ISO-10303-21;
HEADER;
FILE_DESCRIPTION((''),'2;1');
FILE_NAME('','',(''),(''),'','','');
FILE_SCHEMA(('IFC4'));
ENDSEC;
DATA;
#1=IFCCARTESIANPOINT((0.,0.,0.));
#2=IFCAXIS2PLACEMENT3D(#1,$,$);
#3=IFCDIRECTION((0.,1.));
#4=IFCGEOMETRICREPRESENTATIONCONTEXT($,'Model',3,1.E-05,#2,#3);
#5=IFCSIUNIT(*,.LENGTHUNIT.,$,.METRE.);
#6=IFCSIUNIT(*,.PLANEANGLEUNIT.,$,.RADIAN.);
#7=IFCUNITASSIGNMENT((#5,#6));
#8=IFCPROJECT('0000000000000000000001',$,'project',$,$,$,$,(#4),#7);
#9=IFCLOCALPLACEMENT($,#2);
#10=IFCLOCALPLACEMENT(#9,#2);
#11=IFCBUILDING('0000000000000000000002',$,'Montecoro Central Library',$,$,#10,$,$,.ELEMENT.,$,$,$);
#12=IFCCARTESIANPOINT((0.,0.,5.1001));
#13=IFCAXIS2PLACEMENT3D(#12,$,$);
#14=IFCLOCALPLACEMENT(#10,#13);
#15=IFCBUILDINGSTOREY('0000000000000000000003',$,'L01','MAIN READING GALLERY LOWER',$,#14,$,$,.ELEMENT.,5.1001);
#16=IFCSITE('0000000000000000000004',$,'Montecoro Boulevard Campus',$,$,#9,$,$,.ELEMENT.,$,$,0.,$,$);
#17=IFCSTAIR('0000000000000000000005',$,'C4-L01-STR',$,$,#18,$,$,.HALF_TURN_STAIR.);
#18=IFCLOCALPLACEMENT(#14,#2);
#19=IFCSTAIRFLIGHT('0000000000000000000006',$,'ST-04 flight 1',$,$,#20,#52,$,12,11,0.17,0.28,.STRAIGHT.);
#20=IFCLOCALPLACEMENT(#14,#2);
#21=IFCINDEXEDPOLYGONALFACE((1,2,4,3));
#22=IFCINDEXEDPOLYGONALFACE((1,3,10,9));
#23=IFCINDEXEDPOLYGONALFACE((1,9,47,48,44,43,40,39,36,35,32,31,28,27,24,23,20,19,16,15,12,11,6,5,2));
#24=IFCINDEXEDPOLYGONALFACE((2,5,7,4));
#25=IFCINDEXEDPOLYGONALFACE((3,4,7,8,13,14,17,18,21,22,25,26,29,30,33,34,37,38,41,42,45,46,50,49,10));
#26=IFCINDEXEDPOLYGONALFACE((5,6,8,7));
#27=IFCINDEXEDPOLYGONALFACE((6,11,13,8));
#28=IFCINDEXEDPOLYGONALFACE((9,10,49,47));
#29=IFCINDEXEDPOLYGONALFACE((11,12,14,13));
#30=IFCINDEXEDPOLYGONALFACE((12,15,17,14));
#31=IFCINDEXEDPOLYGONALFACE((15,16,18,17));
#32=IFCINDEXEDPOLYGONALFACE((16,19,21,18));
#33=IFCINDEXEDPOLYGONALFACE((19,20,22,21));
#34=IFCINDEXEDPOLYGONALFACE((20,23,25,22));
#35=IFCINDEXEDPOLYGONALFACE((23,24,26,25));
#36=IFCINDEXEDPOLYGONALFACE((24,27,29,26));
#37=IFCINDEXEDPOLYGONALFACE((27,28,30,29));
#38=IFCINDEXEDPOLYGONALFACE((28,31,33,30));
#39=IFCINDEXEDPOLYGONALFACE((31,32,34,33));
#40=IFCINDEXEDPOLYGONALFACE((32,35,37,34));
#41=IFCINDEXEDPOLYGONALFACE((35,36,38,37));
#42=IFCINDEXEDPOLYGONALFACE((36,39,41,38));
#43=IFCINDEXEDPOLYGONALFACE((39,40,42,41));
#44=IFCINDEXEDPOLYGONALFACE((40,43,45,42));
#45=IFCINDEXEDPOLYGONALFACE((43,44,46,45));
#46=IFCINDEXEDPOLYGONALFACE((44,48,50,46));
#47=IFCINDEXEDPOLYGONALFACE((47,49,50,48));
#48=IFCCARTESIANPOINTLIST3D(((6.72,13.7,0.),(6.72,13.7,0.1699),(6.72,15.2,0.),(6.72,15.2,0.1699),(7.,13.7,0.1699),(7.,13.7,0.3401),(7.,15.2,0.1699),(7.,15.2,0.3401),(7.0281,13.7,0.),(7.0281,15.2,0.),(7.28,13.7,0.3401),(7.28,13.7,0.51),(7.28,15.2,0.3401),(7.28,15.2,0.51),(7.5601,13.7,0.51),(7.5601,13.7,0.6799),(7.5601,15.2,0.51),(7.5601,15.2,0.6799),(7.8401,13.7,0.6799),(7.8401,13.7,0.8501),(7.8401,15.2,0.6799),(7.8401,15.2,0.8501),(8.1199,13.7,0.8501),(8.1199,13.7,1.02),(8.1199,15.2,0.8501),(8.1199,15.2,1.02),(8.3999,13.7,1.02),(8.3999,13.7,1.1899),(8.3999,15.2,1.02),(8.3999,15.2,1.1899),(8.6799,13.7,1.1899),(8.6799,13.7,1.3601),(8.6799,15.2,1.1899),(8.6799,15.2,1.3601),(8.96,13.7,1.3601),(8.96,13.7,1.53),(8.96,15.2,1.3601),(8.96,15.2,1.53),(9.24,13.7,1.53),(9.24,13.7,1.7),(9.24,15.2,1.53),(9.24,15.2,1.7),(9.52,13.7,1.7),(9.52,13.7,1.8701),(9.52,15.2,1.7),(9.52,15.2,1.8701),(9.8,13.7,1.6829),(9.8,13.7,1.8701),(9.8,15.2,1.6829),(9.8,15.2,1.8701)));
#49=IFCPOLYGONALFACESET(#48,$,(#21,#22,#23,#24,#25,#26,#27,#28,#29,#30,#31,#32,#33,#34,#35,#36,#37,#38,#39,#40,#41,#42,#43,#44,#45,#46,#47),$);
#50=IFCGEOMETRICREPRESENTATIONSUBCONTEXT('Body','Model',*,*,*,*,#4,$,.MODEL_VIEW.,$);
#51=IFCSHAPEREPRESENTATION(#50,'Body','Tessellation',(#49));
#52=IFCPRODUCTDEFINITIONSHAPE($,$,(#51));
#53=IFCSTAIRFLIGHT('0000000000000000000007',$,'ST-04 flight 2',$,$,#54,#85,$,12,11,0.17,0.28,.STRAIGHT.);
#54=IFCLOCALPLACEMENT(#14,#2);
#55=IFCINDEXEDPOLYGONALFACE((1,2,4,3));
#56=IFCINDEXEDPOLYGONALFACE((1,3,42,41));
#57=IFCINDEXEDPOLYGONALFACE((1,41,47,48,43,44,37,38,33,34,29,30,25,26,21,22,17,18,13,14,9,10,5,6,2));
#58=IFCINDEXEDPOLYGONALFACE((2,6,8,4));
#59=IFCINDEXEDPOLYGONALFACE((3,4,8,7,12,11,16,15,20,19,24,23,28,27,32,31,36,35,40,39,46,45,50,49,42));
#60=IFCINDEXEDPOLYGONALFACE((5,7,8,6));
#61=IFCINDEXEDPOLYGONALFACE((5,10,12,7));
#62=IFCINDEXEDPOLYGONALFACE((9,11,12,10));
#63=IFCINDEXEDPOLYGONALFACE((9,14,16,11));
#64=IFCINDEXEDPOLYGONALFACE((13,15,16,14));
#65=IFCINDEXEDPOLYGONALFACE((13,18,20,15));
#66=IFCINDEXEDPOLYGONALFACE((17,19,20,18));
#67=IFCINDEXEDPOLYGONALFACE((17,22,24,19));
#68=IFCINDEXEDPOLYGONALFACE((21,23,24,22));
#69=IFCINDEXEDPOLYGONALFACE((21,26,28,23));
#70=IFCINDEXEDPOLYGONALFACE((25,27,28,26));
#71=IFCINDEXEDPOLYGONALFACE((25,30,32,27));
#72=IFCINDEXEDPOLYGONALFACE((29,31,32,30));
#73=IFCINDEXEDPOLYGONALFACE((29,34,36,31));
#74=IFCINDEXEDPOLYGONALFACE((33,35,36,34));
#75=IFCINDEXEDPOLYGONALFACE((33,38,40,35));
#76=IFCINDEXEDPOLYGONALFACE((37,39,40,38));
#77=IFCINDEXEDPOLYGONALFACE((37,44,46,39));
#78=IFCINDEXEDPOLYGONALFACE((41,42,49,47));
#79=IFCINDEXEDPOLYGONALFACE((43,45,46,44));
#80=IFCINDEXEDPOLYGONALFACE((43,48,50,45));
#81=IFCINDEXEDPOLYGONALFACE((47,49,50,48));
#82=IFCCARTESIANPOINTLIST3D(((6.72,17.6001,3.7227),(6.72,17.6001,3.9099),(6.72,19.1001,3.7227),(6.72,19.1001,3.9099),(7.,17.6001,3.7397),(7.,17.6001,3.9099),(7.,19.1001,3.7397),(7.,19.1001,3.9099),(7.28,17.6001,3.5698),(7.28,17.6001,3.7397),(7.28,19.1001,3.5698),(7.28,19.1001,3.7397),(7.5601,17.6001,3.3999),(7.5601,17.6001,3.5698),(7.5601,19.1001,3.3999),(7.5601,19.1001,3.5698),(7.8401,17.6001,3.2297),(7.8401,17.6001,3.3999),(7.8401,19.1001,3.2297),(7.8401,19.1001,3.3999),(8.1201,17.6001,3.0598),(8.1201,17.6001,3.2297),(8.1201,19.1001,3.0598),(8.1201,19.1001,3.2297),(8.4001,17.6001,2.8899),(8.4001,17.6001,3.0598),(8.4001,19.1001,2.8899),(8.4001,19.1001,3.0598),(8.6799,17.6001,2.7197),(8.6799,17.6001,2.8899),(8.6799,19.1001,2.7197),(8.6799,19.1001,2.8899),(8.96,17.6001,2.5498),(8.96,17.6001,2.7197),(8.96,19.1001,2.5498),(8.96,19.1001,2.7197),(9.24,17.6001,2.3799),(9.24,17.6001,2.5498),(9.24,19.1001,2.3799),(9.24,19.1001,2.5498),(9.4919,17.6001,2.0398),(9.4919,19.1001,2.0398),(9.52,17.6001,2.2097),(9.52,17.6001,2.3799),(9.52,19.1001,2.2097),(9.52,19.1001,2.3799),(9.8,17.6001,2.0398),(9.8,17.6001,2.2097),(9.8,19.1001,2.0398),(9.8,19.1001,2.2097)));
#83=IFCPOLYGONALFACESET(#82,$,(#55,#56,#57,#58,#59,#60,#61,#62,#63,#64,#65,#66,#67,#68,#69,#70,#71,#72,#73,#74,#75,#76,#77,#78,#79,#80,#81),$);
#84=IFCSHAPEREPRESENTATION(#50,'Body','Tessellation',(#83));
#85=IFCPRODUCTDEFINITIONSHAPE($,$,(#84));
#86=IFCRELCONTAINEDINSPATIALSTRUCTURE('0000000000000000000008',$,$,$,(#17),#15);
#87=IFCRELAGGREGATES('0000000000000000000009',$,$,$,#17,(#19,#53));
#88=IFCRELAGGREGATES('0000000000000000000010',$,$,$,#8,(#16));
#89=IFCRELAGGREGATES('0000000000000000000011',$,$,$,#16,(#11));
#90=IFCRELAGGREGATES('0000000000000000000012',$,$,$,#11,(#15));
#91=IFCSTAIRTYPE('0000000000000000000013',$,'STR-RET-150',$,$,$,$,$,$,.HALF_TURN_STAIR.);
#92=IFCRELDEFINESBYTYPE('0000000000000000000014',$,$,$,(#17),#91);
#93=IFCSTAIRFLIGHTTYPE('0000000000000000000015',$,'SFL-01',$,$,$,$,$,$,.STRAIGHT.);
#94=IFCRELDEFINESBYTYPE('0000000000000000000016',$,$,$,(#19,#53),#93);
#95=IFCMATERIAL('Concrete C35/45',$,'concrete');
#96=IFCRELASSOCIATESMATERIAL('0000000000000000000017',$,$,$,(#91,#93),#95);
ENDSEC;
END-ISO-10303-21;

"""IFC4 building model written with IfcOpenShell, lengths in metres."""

from ifc_helpers import new_model, si_unit, direction, frame, origin, place, context, subcontext, project, spatial, polyline, outline, extrude, material, type_object, element, aggregate, save


model = new_model("IFC4")

# Units and contexts
model_context = context("Model", 3, precision=1e-05, world=origin(), true_north=direction((0.0, 1.0)))
body_context = subcontext(model_context, "Body", "Model", "MODEL_VIEW")
ifc_project = project(units=[si_unit("LENGTHUNIT", "METRE"), si_unit("PLANEANGLEUNIT", "RADIAN")], contexts=[model_context])

# Site, building, storey
site_placement = place(None, origin())
site = spatial("IfcSite", under=ifc_project, at=site_placement, Name="Montecoro Boulevard Campus", CompositionType="ELEMENT", RefElevation=0.0)
building_placement = place(site_placement, origin())
building = spatial("IfcBuilding", under=site, at=building_placement, Name="Montecoro Central Library", CompositionType="ELEMENT")
storey_placement = place(building_placement, frame((0.0, 0.0, 5.1001)))
storey = spatial("IfcBuildingStorey", under=building, at=storey_placement, Name="L01", Description="MAIN READING GALLERY LOWER", CompositionType="ELEMENT", Elevation=5.1001)

# Shared definitions
ifc_material_1 = material(Name="Concrete C35/45", Category="concrete")

# Stair, stair flights
stair_type = type_object("IfcStairType", Name="STR-RET-150", PredefinedType="HALF_TURN_STAIR", material=ifc_material_1)
stair_placement = place(storey_placement, origin())
stair = element("IfcStair", 1, at=stair_placement, inside=storey, type_object=stair_type, Name="C4-L01-STR", PredefinedType="HALF_TURN_STAIR")
stair_flight_type = type_object("IfcStairFlightType", Name="SFL-01", PredefinedType="STRAIGHT", material=ifc_material_1)
stair_flight_1_placement = place(storey_placement, frame((6.72, 14.45, 0.0), z_axis=(0.0, 0.0, 1.0), x_axis=(1.0, 0.0, 0.0)))
stair_flight_1 = element("IfcStairFlight", 2, at=stair_flight_1_placement, type_object=stair_flight_type, Name="ST-04 flight 1", NumberOfRisers=12, NumberOfTreads=11, PredefinedType="STRAIGHT", RiserHeight=0.17, TreadLength=0.28, context=body_context, shape_type="SweptSolid", body=[
    extrude(outline(polyline([(0.0, 0.0), (0.0, 0.1699), (0.28, 0.1699), (0.28, 0.3401), (0.5601, 0.3401), (0.5601, 0.51), (0.8401, 0.51), (0.8401, 0.6799), (1.1201, 0.6799), (1.1201, 0.8501), (1.3999, 0.8501), (1.3999, 1.02), (1.6799, 1.02), (1.6799, 1.1899), (1.96, 1.1899), (1.96, 1.3601), (2.24, 1.3601), (2.24, 1.53), (2.52, 1.53), (2.52, 1.7), (2.8, 1.7), (2.8, 1.8701), (3.0801, 1.8701), (3.0801, 2.04), (3.0801, 1.6829), (0.3081, 0.0), (0.0, 0.0)])), frame((0.0, 0.75, 0.0), z_axis=(0.0, -1.0, 0.0), x_axis=(1.0, 0.0, 0.0)), (0.0, 0.0, 1.0), 1.5),
])
stair_flight_2_placement = place(storey_placement, frame((9.8, 18.3501, 2.0398), z_axis=(0.0, 0.0, 1.0), x_axis=(-1.0, 0.0, 0.0)))
stair_flight_2 = element("IfcStairFlight", 3, at=stair_flight_2_placement, type_object=stair_flight_type, Name="ST-04 flight 2", NumberOfRisers=12, NumberOfTreads=11, PredefinedType="STRAIGHT", RiserHeight=0.17, TreadLength=0.28, context=body_context, shape_type="SweptSolid", body=[
    extrude(outline(polyline([(0.0, 0.0), (0.0, 0.1699), (0.28, 0.1699), (0.28, 0.3401), (0.5601, 0.3401), (0.5601, 0.51), (0.8401, 0.51), (0.8401, 0.6799), (1.1201, 0.6799), (1.1201, 0.8501), (1.3999, 0.8501), (1.3999, 1.02), (1.6799, 1.02), (1.6799, 1.1899), (1.96, 1.1899), (1.96, 1.3601), (2.24, 1.3601), (2.24, 1.53), (2.52, 1.53), (2.52, 1.7), (2.8, 1.7), (2.8, 1.8701), (3.0801, 1.8701), (3.0801, 2.04), (3.0801, 1.6829), (0.3081, 0.0), (0.0, 0.0)])), frame((0.0, 0.75, 0.0), z_axis=(0.0, -1.0, 0.0), x_axis=(1.0, 0.0, 0.0)), (0.0, 0.0, 1.0), 1.5),
])
aggregate(stair, [stair_flight_1, stair_flight_2])

save(model, "model.ifc")
